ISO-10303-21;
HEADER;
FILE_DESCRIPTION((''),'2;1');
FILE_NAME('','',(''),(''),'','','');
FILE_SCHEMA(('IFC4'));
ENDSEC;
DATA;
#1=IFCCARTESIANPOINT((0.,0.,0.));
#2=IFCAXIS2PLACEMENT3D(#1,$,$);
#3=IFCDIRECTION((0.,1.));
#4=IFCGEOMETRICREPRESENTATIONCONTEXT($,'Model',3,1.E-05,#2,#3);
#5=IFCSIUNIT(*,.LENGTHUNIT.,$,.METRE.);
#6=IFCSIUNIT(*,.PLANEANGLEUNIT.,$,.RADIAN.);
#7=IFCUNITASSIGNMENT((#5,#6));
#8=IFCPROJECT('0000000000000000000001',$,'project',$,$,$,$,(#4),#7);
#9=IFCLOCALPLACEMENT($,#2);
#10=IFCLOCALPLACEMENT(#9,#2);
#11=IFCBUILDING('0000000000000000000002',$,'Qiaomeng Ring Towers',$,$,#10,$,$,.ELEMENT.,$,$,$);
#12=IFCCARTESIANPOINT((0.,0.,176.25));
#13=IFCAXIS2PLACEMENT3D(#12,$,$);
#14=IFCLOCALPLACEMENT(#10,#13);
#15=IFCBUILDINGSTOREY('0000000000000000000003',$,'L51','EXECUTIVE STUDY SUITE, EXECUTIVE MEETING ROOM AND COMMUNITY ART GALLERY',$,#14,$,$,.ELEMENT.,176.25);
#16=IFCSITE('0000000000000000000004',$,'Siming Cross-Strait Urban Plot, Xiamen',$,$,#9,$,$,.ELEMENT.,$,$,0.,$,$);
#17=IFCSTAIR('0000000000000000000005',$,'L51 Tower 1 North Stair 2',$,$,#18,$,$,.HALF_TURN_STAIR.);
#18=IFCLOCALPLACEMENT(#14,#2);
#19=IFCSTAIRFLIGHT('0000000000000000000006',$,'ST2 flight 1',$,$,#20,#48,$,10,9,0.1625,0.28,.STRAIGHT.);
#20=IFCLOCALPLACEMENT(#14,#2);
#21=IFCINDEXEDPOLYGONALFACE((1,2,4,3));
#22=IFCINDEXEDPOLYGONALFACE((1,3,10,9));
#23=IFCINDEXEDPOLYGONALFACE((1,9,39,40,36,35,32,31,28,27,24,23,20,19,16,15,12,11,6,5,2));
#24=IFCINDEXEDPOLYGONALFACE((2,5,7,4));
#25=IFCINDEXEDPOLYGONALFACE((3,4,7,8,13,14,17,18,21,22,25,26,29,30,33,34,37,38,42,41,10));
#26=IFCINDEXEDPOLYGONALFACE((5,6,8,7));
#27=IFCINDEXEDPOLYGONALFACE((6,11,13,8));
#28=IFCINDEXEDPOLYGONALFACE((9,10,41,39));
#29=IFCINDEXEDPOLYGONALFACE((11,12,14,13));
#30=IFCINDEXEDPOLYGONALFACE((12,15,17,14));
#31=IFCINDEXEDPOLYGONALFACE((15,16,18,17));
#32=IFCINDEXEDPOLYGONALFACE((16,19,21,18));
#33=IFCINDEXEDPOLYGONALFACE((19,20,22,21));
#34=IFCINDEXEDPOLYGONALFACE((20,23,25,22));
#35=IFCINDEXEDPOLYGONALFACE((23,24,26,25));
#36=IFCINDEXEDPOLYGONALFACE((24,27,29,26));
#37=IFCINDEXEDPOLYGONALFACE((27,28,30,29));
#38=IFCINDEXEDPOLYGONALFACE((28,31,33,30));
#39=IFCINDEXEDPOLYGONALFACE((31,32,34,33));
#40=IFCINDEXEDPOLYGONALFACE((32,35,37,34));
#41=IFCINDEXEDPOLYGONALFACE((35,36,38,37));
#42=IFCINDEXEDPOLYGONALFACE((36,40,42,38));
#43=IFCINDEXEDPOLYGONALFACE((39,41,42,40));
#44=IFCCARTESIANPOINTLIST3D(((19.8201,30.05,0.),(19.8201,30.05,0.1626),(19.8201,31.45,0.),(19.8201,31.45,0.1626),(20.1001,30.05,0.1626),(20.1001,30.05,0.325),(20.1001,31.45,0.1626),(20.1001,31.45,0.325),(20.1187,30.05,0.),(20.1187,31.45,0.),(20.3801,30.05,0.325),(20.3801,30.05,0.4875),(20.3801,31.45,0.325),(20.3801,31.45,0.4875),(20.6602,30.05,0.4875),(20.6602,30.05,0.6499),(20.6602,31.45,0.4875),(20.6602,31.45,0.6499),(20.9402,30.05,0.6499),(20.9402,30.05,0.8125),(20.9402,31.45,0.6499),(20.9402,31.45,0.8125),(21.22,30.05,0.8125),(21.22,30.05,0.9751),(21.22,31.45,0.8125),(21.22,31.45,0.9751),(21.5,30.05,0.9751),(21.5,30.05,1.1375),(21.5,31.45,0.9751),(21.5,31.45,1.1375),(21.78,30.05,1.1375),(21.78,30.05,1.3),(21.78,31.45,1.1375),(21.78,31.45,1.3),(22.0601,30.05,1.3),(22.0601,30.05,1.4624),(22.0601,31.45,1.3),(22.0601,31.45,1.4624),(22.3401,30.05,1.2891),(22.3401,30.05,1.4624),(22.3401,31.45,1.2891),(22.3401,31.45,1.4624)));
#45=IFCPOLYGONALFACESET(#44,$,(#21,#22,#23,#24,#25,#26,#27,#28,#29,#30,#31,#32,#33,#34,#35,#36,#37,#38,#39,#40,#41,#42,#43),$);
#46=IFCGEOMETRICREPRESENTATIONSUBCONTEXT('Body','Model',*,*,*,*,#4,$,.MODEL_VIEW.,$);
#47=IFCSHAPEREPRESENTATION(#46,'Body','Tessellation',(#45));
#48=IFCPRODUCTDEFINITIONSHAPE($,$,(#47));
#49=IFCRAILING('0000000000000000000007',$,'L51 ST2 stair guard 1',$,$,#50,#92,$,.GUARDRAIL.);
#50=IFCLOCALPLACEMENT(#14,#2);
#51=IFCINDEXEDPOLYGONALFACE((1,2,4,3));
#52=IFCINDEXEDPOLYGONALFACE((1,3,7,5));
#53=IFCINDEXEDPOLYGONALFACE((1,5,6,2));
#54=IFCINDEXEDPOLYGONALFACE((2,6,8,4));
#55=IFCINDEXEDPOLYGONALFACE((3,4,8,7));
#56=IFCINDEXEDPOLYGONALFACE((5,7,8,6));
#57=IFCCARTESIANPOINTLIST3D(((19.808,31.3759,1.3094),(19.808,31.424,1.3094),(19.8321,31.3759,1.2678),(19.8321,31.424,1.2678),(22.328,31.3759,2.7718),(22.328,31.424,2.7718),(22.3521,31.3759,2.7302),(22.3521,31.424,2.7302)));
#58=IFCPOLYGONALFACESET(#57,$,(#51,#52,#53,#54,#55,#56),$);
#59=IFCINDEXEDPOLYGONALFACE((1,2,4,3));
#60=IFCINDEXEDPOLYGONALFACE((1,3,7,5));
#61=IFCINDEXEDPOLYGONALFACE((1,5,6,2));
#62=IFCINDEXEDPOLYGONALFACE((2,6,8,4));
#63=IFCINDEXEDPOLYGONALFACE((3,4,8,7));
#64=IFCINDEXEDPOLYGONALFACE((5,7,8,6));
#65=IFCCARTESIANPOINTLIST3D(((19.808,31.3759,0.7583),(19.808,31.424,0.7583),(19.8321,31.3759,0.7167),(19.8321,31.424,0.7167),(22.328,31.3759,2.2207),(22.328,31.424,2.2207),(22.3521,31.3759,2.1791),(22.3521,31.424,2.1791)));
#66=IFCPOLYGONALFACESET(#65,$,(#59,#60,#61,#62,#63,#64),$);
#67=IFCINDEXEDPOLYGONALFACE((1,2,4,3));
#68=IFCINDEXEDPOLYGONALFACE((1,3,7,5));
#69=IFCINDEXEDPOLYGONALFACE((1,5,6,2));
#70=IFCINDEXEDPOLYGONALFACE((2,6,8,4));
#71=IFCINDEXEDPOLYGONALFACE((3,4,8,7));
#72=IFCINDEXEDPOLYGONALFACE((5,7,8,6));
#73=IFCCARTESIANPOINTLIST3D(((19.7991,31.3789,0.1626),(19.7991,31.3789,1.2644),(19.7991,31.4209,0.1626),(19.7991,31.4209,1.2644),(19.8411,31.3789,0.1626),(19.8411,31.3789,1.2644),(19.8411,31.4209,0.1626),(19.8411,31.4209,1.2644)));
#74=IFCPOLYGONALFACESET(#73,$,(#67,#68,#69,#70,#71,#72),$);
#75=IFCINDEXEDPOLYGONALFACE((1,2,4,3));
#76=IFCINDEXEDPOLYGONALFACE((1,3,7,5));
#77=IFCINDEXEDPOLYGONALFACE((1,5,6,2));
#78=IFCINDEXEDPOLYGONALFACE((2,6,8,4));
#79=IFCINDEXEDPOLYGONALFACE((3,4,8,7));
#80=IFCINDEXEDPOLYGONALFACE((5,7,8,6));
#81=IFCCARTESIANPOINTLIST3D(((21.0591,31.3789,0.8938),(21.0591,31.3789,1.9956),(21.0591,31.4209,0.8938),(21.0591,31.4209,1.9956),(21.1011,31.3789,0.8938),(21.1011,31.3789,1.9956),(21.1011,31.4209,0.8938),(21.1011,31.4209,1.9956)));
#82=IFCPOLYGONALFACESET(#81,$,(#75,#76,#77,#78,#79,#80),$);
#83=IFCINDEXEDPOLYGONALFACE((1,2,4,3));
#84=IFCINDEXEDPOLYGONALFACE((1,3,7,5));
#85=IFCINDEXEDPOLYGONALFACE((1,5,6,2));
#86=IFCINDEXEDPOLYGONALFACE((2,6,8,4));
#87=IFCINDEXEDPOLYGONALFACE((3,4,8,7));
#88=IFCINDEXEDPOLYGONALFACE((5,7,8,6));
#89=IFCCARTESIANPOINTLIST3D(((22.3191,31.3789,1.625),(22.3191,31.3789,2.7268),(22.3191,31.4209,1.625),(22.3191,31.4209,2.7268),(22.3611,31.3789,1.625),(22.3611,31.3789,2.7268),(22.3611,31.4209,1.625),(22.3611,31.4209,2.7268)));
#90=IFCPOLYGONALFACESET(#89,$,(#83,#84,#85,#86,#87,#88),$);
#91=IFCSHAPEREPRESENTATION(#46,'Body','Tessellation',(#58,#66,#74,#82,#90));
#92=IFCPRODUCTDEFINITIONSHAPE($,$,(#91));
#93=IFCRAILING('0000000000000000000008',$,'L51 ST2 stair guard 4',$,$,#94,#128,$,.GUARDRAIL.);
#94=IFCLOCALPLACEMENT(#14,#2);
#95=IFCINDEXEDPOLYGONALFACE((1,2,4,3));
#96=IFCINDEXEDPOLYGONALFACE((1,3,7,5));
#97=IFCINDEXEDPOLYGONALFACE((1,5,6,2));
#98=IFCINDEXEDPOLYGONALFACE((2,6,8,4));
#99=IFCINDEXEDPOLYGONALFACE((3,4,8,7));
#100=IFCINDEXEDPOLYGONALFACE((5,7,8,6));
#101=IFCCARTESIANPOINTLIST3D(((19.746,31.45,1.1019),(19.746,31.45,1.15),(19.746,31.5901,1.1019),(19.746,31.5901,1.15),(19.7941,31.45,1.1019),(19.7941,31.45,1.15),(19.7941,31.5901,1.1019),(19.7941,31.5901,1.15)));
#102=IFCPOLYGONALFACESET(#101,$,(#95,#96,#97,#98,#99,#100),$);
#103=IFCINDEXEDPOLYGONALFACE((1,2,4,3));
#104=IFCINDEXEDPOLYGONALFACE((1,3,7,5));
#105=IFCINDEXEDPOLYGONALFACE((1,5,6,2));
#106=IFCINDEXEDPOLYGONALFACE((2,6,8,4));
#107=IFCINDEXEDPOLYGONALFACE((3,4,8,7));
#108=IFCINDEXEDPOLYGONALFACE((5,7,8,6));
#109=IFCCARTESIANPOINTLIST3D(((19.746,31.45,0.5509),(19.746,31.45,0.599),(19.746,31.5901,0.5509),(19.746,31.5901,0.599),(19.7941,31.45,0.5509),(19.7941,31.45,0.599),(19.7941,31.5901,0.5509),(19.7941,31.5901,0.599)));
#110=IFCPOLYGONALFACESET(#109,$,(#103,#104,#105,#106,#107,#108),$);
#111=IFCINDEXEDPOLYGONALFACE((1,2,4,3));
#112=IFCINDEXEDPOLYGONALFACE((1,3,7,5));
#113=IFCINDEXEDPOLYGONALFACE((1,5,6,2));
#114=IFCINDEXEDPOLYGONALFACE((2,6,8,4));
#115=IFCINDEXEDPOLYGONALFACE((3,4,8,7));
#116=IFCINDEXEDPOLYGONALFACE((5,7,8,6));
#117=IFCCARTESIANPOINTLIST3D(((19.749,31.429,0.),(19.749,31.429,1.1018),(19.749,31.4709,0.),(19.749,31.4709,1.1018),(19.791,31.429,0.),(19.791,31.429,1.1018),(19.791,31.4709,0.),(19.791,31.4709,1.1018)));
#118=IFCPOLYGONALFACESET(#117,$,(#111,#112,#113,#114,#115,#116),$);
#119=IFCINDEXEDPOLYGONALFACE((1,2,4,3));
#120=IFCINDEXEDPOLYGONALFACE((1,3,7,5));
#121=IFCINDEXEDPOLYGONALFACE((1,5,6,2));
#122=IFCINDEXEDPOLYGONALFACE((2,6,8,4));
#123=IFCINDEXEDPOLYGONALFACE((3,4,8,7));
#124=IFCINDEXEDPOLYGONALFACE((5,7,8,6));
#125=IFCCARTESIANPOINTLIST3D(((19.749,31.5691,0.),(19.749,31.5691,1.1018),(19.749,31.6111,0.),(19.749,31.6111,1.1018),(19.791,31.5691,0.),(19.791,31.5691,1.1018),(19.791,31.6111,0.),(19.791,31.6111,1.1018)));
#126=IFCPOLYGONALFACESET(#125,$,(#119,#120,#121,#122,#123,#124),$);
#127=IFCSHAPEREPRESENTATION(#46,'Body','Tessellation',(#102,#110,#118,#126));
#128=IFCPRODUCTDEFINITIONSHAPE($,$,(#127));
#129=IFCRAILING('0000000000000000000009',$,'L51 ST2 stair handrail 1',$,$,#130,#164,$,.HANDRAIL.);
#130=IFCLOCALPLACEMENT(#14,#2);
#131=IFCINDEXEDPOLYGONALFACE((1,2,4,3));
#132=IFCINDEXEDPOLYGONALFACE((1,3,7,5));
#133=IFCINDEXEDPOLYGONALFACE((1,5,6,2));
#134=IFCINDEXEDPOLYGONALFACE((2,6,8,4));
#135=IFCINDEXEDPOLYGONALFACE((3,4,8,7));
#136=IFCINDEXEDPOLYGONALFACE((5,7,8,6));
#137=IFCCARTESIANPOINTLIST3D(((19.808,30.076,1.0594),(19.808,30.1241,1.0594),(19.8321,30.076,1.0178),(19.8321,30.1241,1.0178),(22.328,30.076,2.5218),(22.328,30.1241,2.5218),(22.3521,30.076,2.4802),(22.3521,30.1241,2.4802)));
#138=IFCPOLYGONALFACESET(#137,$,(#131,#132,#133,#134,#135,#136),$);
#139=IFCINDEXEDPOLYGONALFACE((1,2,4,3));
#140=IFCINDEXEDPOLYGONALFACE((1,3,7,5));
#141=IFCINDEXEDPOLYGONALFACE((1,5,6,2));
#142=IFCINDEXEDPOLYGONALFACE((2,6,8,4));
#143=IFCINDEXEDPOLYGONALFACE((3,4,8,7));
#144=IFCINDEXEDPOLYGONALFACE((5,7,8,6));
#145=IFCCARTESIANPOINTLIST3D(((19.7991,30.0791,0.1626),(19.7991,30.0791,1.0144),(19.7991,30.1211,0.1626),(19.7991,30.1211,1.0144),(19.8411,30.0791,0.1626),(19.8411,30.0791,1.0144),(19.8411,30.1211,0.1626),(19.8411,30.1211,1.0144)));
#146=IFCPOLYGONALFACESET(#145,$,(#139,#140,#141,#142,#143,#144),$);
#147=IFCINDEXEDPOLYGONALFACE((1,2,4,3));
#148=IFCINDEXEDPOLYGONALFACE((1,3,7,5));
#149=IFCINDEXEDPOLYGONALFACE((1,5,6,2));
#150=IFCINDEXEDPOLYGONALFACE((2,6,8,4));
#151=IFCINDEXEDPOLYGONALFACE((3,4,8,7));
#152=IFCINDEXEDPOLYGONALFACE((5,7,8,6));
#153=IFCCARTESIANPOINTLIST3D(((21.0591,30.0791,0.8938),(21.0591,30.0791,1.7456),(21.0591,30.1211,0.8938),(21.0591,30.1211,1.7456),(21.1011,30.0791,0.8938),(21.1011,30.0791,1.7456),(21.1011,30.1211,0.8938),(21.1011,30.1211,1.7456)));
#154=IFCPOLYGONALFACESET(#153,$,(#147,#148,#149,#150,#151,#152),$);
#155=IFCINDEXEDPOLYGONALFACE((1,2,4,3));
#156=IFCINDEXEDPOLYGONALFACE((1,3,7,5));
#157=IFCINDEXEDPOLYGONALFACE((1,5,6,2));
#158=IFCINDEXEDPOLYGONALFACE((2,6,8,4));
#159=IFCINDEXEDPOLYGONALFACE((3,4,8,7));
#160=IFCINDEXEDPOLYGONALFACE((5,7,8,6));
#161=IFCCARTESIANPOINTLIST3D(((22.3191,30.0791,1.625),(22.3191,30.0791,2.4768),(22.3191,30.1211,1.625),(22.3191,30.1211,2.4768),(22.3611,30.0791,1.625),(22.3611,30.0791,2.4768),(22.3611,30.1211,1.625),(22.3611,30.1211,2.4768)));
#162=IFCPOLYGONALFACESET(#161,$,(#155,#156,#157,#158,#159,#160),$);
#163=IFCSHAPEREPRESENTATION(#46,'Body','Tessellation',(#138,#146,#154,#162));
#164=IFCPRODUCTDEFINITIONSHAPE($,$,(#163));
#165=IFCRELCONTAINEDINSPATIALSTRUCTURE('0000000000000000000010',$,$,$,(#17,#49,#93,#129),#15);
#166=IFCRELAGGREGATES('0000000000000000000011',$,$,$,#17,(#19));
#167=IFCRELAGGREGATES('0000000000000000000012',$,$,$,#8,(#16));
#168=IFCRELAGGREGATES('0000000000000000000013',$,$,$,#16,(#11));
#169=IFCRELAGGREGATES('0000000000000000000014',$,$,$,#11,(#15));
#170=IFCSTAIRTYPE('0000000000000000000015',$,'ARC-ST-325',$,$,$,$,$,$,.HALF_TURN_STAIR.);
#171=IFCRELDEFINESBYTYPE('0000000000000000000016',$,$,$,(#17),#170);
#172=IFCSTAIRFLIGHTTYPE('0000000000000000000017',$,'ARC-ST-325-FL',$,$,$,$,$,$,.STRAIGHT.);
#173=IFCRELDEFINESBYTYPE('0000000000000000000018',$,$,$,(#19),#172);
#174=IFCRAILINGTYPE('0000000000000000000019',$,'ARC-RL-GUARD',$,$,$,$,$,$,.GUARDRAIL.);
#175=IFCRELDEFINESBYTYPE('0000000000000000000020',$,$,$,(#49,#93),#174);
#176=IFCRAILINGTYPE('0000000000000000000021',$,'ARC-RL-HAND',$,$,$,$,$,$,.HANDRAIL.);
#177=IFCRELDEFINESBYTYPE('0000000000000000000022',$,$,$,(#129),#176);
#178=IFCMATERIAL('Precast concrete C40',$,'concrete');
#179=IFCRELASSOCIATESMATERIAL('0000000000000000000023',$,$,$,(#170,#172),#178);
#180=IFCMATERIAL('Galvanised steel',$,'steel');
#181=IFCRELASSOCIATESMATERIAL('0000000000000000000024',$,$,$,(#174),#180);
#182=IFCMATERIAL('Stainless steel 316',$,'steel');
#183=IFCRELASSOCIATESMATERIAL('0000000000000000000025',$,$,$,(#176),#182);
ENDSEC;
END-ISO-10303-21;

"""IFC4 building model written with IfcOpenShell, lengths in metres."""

from ifc_helpers import new_model, si_unit, direction, frame, origin, origin_2d, place, context, subcontext, project, spatial, polyline, rectangle, outline, extrude, source, transform, mapped, material, type_object, element, aggregate, save


model = new_model("IFC4")

# Units and contexts
model_context = context("Model", 3, precision=1e-05, world=origin(), true_north=direction((0.0, 1.0)))
body_context = subcontext(model_context, "Body", "Model", "MODEL_VIEW")
ifc_project = project(units=[si_unit("LENGTHUNIT", "METRE"), si_unit("PLANEANGLEUNIT", "RADIAN")], contexts=[model_context])

# Site, building, storey
site_placement = place(None, origin())
site = spatial("IfcSite", under=ifc_project, at=site_placement, Name="Siming Cross-Strait Urban Plot, Xiamen", CompositionType="ELEMENT", RefElevation=0.0)
building_placement = place(site_placement, origin())
building = spatial("IfcBuilding", under=site, at=building_placement, Name="Qiaomeng Ring Towers", CompositionType="ELEMENT")
storey_placement = place(building_placement, frame((0.0, 0.0, 176.25)))
storey = spatial("IfcBuildingStorey", under=building, at=storey_placement, Name="L51", Description="EXECUTIVE STUDY SUITE, EXECUTIVE MEETING ROOM AND COMMUNITY ART GALLERY", CompositionType="ELEMENT", Elevation=176.25)

# Stair, stair flight
ifc_material_1 = material(Name="Precast concrete C40", Category="concrete")
stair_type = type_object("IfcStairType", Name="ARC-ST-325", PredefinedType="HALF_TURN_STAIR", material=ifc_material_1)
stair_placement = place(storey_placement, origin())
stair = element("IfcStair", 1, at=stair_placement, inside=storey, type_object=stair_type, Name="L51 Tower 1 North Stair 2", PredefinedType="HALF_TURN_STAIR")
stair_flight_type = type_object("IfcStairFlightType", Name="ARC-ST-325-FL", PredefinedType="STRAIGHT", material=ifc_material_1)
shared_shape_1 = source(origin(), body_context, "Body", "SweptSolid", [
    extrude(outline(polyline([(0.0, 0.0), (0.0, 0.1626), (0.28, 0.1626), (0.28, 0.325), (0.5601, 0.325), (0.5601, 0.4875), (0.8401, 0.4875), (0.8401, 0.6499), (1.1201, 0.6499), (1.1201, 0.8125), (1.3999, 0.8125), (1.3999, 0.9751), (1.6799, 0.9751), (1.6799, 1.1375), (1.96, 1.1375), (1.96, 1.3), (2.24, 1.3), (2.24, 1.4624), (2.52, 1.4624), (2.52, 1.625), (2.52, 1.2891), (0.2986, 0.0), (0.0, 0.0)])), frame((0.0, 0.7, 0.0), z_axis=(0.0, -1.0, 0.0), x_axis=(1.0, 0.0, 0.0)), (0.0, 0.0, 1.0), 1.3999),
])
stair_flight_placement = place(storey_placement, frame((19.8201, 30.75, 0.0), z_axis=(0.0, 0.0, 1.0), x_axis=(1.0, 0.0, 0.0)))
stair_flight = element("IfcStairFlight", 2, at=stair_flight_placement, type_object=stair_flight_type, Name="ST2 flight 1", NumberOfRisers=10, NumberOfTreads=9, PredefinedType="STRAIGHT", RiserHeight=0.1625, TreadLength=0.28, context=body_context, shape_type="MappedRepresentation", body=[
    mapped(shared_shape_1, transform((0.0, 0.0, 0.0), x_axis=(1.0, 0.0, 0.0), y_axis=(0.0, 1.0, 0.0), z_axis=(0.0, 0.0, 1.0), scale=1.0)),
])
aggregate(stair, [stair_flight])

# Railings
ifc_material_2 = material(Name="Galvanised steel", Category="steel")
railing_type_1 = type_object("IfcRailingType", Name="ARC-RL-GUARD", PredefinedType="GUARDRAIL", material=ifc_material_2)
railing_1_placement = place(storey_placement, frame((19.8201, 31.3999, 0.1626)))
element("IfcRailing", 3, at=railing_1_placement, inside=storey, type_object=railing_type_1, Name="L51 ST2 stair guard 1", PredefinedType="GUARDRAIL", context=body_context, shape_type="SweptSolid", body=[
    extrude(rectangle(XDim=0.0481, YDim=0.0481, at=origin_2d()), frame((0.0, 0.0, 1.126), z_axis=(0.864913, 0.0, 0.501921), x_axis=(0.0, 1.0, 0.0)), (0.0, 0.0, 1.0), 2.9136),
    extrude(rectangle(XDim=0.0481, YDim=0.0481, at=origin_2d()), frame((0.0, 0.0, 0.575), z_axis=(0.864913, 0.0, 0.501921), x_axis=(0.0, 1.0, 0.0)), (0.0, 0.0, 1.0), 2.9136),
    extrude(rectangle(XDim=0.042, YDim=0.042, at=origin_2d()), origin(), (0.0, 0.0, 1.0), 1.1018),
    extrude(rectangle(XDim=0.042, YDim=0.042, at=origin_2d()), frame((1.26, 0.0, 0.7312)), (0.0, 0.0, 1.0), 1.1018),
    extrude(rectangle(XDim=0.042, YDim=0.042, at=origin_2d()), frame((2.52, 0.0, 1.4624)), (0.0, 0.0, 1.0), 1.1018),
])
railing_2_placement = place(storey_placement, frame((19.77, 31.45, 0.0)))
element("IfcRailing", 4, at=railing_2_placement, inside=storey, type_object=railing_type_1, Name="L51 ST2 stair guard 4", PredefinedType="GUARDRAIL", context=body_context, shape_type="SweptSolid", body=[
    extrude(rectangle(XDim=0.0481, YDim=0.0481, at=origin_2d()), frame((0.0, 0.0, 1.126), z_axis=(0.0, 1.0, 0.0), x_axis=(-1.0, 0.0, 0.0)), (0.0, 0.0, 1.0), 0.1401),
    extrude(rectangle(XDim=0.0481, YDim=0.0481, at=origin_2d()), frame((0.0, 0.0, 0.575), z_axis=(0.0, 1.0, 0.0), x_axis=(-1.0, 0.0, 0.0)), (0.0, 0.0, 1.0), 0.1401),
    extrude(rectangle(XDim=0.042, YDim=0.042, at=origin_2d()), origin(), (0.0, 0.0, 1.0), 1.1018),
    extrude(rectangle(XDim=0.042, YDim=0.042, at=origin_2d()), frame((0.0, 0.1401, 0.0)), (0.0, 0.0, 1.0), 1.1018),
])
ifc_material_3 = material(Name="Stainless steel 316", Category="steel")
railing_type_2 = type_object("IfcRailingType", Name="ARC-RL-HAND", PredefinedType="HANDRAIL", material=ifc_material_3)
railing_3_placement = place(storey_placement, frame((19.8201, 30.1001, 0.1626)))
element("IfcRailing", 5, at=railing_3_placement, inside=storey, type_object=railing_type_2, Name="L51 ST2 stair handrail 1", PredefinedType="HANDRAIL", context=body_context, shape_type="SweptSolid", body=[
    extrude(rectangle(XDim=0.0481, YDim=0.0481, at=origin_2d()), frame((0.0, 0.0, 0.876), z_axis=(0.864913, 0.0, 0.501921), x_axis=(0.0, 1.0, 0.0)), (0.0, 0.0, 1.0), 2.9136),
    extrude(rectangle(XDim=0.042, YDim=0.042, at=origin_2d()), origin(), (0.0, 0.0, 1.0), 0.8518),
    extrude(rectangle(XDim=0.042, YDim=0.042, at=origin_2d()), frame((1.26, 0.0, 0.7312)), (0.0, 0.0, 1.0), 0.8518),
    extrude(rectangle(XDim=0.042, YDim=0.042, at=origin_2d()), frame((2.52, 0.0, 1.4624)), (0.0, 0.0, 1.0), 0.8518),
])

save(model, "model.ifc")
